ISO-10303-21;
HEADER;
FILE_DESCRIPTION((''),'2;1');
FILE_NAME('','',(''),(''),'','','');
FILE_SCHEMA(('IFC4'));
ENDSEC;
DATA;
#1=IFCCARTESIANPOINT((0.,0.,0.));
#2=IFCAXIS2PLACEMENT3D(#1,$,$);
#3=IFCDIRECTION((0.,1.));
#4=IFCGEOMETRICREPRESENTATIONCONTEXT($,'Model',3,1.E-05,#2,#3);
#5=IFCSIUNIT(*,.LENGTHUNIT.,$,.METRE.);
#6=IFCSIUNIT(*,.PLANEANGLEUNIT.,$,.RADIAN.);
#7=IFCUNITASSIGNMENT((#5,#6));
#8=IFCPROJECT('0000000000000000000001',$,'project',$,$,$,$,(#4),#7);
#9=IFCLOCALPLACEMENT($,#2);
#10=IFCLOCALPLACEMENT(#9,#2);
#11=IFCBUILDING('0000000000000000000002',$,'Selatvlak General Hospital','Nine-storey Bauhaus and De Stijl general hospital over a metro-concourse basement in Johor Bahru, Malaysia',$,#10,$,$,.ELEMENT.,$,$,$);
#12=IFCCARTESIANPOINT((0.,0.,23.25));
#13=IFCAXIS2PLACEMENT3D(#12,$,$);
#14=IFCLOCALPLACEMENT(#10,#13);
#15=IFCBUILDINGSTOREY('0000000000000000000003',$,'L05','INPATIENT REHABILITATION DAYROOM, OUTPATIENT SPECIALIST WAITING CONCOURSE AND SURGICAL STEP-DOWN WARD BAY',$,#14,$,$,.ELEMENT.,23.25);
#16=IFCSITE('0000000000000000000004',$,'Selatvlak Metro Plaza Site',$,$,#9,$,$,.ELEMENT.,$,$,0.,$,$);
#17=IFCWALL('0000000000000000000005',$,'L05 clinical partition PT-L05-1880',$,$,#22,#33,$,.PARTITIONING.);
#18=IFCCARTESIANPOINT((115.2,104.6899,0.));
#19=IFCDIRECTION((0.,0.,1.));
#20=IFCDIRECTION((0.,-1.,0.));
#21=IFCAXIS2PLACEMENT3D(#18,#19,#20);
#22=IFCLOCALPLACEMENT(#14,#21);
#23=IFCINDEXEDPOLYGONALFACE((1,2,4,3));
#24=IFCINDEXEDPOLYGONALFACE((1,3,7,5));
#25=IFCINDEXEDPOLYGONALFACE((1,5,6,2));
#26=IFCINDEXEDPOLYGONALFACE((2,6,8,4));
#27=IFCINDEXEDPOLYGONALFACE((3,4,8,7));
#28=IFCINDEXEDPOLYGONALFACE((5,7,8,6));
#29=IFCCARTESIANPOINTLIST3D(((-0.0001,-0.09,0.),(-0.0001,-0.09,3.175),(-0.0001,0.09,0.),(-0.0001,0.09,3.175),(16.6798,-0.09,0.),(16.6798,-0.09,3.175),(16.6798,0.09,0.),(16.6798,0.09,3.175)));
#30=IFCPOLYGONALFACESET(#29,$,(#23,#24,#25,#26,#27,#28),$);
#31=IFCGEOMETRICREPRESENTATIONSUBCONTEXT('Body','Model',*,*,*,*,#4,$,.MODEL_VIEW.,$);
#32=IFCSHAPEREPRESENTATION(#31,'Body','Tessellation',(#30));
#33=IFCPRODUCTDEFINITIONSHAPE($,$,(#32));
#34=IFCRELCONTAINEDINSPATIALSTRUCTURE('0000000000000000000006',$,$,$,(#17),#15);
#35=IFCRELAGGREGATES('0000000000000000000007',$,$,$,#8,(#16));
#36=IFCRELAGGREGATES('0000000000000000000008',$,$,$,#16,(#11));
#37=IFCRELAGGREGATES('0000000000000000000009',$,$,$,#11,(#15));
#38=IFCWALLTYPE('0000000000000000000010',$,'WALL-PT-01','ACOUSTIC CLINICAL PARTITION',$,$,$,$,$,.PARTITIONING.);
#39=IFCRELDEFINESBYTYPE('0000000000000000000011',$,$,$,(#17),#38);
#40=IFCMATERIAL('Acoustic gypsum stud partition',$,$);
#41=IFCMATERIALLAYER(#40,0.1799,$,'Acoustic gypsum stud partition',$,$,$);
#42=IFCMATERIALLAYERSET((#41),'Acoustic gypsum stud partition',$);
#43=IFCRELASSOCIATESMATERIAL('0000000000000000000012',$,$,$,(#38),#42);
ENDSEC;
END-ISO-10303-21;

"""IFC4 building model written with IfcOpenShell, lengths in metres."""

from ifc_helpers import new_model, si_unit, direction, frame, frame_2d, origin, place, context, subcontext, project, spatial, rectangle, extrude, material, layer, layer_set, type_object, element, save


model = new_model("IFC4")

# Units and contexts
model_context = context("Model", 3, precision=1e-05, world=origin(), true_north=direction((0.0, 1.0)))
body_context = subcontext(model_context, "Body", "Model", "MODEL_VIEW")
ifc_project = project(units=[si_unit("LENGTHUNIT", "METRE"), si_unit("PLANEANGLEUNIT", "RADIAN")], contexts=[model_context])

# Site, building, storey
site_placement = place(None, origin())
site = spatial("IfcSite", under=ifc_project, at=site_placement, Name="Selatvlak Metro Plaza Site", CompositionType="ELEMENT", RefElevation=0.0)
building_placement = place(site_placement, origin())
building = spatial("IfcBuilding", under=site, at=building_placement, Name="Selatvlak General Hospital", Description="Nine-storey Bauhaus and De Stijl general hospital over a metro-concourse basement in Johor Bahru, Malaysia", CompositionType="ELEMENT")
storey_placement = place(building_placement, frame((0.0, 0.0, 23.25)))
storey = spatial("IfcBuildingStorey", under=building, at=storey_placement, Name="L05", Description="INPATIENT REHABILITATION DAYROOM, OUTPATIENT SPECIALIST WAITING CONCOURSE AND SURGICAL STEP-DOWN WARD BAY", CompositionType="ELEMENT", Elevation=23.25)

# Wall
ifc_material_1 = material(Name="Acoustic gypsum stud partition")
ifc_layer_1 = layer(ifc_material_1, 0.1799, Name="Acoustic gypsum stud partition")
ifc_layer_set_1 = layer_set([ifc_layer_1], Name="Acoustic gypsum stud partition")
wall_type_1 = type_object("IfcWallType", Name="WALL-PT-01", Description="ACOUSTIC CLINICAL PARTITION", PredefinedType="PARTITIONING", material=ifc_layer_set_1)
wall_1_placement = place(storey_placement, frame((115.2, 104.6899, 0.0), z_axis=(0.0, 0.0, 1.0), x_axis=(0.0, -1.0, 0.0)))
element("IfcWall", 1, at=wall_1_placement, inside=storey, type_object=wall_type_1, Name="L05 clinical partition PT-L05-1880", PredefinedType="PARTITIONING", context=body_context, shape_type="SweptSolid", body=[
    extrude(rectangle(XDim=16.6799, YDim=0.1799, at=frame_2d((8.3398, 0.0))), origin(), (0.0, 0.0, 1.0), 3.175),
])

save(model, "model.ifc")
